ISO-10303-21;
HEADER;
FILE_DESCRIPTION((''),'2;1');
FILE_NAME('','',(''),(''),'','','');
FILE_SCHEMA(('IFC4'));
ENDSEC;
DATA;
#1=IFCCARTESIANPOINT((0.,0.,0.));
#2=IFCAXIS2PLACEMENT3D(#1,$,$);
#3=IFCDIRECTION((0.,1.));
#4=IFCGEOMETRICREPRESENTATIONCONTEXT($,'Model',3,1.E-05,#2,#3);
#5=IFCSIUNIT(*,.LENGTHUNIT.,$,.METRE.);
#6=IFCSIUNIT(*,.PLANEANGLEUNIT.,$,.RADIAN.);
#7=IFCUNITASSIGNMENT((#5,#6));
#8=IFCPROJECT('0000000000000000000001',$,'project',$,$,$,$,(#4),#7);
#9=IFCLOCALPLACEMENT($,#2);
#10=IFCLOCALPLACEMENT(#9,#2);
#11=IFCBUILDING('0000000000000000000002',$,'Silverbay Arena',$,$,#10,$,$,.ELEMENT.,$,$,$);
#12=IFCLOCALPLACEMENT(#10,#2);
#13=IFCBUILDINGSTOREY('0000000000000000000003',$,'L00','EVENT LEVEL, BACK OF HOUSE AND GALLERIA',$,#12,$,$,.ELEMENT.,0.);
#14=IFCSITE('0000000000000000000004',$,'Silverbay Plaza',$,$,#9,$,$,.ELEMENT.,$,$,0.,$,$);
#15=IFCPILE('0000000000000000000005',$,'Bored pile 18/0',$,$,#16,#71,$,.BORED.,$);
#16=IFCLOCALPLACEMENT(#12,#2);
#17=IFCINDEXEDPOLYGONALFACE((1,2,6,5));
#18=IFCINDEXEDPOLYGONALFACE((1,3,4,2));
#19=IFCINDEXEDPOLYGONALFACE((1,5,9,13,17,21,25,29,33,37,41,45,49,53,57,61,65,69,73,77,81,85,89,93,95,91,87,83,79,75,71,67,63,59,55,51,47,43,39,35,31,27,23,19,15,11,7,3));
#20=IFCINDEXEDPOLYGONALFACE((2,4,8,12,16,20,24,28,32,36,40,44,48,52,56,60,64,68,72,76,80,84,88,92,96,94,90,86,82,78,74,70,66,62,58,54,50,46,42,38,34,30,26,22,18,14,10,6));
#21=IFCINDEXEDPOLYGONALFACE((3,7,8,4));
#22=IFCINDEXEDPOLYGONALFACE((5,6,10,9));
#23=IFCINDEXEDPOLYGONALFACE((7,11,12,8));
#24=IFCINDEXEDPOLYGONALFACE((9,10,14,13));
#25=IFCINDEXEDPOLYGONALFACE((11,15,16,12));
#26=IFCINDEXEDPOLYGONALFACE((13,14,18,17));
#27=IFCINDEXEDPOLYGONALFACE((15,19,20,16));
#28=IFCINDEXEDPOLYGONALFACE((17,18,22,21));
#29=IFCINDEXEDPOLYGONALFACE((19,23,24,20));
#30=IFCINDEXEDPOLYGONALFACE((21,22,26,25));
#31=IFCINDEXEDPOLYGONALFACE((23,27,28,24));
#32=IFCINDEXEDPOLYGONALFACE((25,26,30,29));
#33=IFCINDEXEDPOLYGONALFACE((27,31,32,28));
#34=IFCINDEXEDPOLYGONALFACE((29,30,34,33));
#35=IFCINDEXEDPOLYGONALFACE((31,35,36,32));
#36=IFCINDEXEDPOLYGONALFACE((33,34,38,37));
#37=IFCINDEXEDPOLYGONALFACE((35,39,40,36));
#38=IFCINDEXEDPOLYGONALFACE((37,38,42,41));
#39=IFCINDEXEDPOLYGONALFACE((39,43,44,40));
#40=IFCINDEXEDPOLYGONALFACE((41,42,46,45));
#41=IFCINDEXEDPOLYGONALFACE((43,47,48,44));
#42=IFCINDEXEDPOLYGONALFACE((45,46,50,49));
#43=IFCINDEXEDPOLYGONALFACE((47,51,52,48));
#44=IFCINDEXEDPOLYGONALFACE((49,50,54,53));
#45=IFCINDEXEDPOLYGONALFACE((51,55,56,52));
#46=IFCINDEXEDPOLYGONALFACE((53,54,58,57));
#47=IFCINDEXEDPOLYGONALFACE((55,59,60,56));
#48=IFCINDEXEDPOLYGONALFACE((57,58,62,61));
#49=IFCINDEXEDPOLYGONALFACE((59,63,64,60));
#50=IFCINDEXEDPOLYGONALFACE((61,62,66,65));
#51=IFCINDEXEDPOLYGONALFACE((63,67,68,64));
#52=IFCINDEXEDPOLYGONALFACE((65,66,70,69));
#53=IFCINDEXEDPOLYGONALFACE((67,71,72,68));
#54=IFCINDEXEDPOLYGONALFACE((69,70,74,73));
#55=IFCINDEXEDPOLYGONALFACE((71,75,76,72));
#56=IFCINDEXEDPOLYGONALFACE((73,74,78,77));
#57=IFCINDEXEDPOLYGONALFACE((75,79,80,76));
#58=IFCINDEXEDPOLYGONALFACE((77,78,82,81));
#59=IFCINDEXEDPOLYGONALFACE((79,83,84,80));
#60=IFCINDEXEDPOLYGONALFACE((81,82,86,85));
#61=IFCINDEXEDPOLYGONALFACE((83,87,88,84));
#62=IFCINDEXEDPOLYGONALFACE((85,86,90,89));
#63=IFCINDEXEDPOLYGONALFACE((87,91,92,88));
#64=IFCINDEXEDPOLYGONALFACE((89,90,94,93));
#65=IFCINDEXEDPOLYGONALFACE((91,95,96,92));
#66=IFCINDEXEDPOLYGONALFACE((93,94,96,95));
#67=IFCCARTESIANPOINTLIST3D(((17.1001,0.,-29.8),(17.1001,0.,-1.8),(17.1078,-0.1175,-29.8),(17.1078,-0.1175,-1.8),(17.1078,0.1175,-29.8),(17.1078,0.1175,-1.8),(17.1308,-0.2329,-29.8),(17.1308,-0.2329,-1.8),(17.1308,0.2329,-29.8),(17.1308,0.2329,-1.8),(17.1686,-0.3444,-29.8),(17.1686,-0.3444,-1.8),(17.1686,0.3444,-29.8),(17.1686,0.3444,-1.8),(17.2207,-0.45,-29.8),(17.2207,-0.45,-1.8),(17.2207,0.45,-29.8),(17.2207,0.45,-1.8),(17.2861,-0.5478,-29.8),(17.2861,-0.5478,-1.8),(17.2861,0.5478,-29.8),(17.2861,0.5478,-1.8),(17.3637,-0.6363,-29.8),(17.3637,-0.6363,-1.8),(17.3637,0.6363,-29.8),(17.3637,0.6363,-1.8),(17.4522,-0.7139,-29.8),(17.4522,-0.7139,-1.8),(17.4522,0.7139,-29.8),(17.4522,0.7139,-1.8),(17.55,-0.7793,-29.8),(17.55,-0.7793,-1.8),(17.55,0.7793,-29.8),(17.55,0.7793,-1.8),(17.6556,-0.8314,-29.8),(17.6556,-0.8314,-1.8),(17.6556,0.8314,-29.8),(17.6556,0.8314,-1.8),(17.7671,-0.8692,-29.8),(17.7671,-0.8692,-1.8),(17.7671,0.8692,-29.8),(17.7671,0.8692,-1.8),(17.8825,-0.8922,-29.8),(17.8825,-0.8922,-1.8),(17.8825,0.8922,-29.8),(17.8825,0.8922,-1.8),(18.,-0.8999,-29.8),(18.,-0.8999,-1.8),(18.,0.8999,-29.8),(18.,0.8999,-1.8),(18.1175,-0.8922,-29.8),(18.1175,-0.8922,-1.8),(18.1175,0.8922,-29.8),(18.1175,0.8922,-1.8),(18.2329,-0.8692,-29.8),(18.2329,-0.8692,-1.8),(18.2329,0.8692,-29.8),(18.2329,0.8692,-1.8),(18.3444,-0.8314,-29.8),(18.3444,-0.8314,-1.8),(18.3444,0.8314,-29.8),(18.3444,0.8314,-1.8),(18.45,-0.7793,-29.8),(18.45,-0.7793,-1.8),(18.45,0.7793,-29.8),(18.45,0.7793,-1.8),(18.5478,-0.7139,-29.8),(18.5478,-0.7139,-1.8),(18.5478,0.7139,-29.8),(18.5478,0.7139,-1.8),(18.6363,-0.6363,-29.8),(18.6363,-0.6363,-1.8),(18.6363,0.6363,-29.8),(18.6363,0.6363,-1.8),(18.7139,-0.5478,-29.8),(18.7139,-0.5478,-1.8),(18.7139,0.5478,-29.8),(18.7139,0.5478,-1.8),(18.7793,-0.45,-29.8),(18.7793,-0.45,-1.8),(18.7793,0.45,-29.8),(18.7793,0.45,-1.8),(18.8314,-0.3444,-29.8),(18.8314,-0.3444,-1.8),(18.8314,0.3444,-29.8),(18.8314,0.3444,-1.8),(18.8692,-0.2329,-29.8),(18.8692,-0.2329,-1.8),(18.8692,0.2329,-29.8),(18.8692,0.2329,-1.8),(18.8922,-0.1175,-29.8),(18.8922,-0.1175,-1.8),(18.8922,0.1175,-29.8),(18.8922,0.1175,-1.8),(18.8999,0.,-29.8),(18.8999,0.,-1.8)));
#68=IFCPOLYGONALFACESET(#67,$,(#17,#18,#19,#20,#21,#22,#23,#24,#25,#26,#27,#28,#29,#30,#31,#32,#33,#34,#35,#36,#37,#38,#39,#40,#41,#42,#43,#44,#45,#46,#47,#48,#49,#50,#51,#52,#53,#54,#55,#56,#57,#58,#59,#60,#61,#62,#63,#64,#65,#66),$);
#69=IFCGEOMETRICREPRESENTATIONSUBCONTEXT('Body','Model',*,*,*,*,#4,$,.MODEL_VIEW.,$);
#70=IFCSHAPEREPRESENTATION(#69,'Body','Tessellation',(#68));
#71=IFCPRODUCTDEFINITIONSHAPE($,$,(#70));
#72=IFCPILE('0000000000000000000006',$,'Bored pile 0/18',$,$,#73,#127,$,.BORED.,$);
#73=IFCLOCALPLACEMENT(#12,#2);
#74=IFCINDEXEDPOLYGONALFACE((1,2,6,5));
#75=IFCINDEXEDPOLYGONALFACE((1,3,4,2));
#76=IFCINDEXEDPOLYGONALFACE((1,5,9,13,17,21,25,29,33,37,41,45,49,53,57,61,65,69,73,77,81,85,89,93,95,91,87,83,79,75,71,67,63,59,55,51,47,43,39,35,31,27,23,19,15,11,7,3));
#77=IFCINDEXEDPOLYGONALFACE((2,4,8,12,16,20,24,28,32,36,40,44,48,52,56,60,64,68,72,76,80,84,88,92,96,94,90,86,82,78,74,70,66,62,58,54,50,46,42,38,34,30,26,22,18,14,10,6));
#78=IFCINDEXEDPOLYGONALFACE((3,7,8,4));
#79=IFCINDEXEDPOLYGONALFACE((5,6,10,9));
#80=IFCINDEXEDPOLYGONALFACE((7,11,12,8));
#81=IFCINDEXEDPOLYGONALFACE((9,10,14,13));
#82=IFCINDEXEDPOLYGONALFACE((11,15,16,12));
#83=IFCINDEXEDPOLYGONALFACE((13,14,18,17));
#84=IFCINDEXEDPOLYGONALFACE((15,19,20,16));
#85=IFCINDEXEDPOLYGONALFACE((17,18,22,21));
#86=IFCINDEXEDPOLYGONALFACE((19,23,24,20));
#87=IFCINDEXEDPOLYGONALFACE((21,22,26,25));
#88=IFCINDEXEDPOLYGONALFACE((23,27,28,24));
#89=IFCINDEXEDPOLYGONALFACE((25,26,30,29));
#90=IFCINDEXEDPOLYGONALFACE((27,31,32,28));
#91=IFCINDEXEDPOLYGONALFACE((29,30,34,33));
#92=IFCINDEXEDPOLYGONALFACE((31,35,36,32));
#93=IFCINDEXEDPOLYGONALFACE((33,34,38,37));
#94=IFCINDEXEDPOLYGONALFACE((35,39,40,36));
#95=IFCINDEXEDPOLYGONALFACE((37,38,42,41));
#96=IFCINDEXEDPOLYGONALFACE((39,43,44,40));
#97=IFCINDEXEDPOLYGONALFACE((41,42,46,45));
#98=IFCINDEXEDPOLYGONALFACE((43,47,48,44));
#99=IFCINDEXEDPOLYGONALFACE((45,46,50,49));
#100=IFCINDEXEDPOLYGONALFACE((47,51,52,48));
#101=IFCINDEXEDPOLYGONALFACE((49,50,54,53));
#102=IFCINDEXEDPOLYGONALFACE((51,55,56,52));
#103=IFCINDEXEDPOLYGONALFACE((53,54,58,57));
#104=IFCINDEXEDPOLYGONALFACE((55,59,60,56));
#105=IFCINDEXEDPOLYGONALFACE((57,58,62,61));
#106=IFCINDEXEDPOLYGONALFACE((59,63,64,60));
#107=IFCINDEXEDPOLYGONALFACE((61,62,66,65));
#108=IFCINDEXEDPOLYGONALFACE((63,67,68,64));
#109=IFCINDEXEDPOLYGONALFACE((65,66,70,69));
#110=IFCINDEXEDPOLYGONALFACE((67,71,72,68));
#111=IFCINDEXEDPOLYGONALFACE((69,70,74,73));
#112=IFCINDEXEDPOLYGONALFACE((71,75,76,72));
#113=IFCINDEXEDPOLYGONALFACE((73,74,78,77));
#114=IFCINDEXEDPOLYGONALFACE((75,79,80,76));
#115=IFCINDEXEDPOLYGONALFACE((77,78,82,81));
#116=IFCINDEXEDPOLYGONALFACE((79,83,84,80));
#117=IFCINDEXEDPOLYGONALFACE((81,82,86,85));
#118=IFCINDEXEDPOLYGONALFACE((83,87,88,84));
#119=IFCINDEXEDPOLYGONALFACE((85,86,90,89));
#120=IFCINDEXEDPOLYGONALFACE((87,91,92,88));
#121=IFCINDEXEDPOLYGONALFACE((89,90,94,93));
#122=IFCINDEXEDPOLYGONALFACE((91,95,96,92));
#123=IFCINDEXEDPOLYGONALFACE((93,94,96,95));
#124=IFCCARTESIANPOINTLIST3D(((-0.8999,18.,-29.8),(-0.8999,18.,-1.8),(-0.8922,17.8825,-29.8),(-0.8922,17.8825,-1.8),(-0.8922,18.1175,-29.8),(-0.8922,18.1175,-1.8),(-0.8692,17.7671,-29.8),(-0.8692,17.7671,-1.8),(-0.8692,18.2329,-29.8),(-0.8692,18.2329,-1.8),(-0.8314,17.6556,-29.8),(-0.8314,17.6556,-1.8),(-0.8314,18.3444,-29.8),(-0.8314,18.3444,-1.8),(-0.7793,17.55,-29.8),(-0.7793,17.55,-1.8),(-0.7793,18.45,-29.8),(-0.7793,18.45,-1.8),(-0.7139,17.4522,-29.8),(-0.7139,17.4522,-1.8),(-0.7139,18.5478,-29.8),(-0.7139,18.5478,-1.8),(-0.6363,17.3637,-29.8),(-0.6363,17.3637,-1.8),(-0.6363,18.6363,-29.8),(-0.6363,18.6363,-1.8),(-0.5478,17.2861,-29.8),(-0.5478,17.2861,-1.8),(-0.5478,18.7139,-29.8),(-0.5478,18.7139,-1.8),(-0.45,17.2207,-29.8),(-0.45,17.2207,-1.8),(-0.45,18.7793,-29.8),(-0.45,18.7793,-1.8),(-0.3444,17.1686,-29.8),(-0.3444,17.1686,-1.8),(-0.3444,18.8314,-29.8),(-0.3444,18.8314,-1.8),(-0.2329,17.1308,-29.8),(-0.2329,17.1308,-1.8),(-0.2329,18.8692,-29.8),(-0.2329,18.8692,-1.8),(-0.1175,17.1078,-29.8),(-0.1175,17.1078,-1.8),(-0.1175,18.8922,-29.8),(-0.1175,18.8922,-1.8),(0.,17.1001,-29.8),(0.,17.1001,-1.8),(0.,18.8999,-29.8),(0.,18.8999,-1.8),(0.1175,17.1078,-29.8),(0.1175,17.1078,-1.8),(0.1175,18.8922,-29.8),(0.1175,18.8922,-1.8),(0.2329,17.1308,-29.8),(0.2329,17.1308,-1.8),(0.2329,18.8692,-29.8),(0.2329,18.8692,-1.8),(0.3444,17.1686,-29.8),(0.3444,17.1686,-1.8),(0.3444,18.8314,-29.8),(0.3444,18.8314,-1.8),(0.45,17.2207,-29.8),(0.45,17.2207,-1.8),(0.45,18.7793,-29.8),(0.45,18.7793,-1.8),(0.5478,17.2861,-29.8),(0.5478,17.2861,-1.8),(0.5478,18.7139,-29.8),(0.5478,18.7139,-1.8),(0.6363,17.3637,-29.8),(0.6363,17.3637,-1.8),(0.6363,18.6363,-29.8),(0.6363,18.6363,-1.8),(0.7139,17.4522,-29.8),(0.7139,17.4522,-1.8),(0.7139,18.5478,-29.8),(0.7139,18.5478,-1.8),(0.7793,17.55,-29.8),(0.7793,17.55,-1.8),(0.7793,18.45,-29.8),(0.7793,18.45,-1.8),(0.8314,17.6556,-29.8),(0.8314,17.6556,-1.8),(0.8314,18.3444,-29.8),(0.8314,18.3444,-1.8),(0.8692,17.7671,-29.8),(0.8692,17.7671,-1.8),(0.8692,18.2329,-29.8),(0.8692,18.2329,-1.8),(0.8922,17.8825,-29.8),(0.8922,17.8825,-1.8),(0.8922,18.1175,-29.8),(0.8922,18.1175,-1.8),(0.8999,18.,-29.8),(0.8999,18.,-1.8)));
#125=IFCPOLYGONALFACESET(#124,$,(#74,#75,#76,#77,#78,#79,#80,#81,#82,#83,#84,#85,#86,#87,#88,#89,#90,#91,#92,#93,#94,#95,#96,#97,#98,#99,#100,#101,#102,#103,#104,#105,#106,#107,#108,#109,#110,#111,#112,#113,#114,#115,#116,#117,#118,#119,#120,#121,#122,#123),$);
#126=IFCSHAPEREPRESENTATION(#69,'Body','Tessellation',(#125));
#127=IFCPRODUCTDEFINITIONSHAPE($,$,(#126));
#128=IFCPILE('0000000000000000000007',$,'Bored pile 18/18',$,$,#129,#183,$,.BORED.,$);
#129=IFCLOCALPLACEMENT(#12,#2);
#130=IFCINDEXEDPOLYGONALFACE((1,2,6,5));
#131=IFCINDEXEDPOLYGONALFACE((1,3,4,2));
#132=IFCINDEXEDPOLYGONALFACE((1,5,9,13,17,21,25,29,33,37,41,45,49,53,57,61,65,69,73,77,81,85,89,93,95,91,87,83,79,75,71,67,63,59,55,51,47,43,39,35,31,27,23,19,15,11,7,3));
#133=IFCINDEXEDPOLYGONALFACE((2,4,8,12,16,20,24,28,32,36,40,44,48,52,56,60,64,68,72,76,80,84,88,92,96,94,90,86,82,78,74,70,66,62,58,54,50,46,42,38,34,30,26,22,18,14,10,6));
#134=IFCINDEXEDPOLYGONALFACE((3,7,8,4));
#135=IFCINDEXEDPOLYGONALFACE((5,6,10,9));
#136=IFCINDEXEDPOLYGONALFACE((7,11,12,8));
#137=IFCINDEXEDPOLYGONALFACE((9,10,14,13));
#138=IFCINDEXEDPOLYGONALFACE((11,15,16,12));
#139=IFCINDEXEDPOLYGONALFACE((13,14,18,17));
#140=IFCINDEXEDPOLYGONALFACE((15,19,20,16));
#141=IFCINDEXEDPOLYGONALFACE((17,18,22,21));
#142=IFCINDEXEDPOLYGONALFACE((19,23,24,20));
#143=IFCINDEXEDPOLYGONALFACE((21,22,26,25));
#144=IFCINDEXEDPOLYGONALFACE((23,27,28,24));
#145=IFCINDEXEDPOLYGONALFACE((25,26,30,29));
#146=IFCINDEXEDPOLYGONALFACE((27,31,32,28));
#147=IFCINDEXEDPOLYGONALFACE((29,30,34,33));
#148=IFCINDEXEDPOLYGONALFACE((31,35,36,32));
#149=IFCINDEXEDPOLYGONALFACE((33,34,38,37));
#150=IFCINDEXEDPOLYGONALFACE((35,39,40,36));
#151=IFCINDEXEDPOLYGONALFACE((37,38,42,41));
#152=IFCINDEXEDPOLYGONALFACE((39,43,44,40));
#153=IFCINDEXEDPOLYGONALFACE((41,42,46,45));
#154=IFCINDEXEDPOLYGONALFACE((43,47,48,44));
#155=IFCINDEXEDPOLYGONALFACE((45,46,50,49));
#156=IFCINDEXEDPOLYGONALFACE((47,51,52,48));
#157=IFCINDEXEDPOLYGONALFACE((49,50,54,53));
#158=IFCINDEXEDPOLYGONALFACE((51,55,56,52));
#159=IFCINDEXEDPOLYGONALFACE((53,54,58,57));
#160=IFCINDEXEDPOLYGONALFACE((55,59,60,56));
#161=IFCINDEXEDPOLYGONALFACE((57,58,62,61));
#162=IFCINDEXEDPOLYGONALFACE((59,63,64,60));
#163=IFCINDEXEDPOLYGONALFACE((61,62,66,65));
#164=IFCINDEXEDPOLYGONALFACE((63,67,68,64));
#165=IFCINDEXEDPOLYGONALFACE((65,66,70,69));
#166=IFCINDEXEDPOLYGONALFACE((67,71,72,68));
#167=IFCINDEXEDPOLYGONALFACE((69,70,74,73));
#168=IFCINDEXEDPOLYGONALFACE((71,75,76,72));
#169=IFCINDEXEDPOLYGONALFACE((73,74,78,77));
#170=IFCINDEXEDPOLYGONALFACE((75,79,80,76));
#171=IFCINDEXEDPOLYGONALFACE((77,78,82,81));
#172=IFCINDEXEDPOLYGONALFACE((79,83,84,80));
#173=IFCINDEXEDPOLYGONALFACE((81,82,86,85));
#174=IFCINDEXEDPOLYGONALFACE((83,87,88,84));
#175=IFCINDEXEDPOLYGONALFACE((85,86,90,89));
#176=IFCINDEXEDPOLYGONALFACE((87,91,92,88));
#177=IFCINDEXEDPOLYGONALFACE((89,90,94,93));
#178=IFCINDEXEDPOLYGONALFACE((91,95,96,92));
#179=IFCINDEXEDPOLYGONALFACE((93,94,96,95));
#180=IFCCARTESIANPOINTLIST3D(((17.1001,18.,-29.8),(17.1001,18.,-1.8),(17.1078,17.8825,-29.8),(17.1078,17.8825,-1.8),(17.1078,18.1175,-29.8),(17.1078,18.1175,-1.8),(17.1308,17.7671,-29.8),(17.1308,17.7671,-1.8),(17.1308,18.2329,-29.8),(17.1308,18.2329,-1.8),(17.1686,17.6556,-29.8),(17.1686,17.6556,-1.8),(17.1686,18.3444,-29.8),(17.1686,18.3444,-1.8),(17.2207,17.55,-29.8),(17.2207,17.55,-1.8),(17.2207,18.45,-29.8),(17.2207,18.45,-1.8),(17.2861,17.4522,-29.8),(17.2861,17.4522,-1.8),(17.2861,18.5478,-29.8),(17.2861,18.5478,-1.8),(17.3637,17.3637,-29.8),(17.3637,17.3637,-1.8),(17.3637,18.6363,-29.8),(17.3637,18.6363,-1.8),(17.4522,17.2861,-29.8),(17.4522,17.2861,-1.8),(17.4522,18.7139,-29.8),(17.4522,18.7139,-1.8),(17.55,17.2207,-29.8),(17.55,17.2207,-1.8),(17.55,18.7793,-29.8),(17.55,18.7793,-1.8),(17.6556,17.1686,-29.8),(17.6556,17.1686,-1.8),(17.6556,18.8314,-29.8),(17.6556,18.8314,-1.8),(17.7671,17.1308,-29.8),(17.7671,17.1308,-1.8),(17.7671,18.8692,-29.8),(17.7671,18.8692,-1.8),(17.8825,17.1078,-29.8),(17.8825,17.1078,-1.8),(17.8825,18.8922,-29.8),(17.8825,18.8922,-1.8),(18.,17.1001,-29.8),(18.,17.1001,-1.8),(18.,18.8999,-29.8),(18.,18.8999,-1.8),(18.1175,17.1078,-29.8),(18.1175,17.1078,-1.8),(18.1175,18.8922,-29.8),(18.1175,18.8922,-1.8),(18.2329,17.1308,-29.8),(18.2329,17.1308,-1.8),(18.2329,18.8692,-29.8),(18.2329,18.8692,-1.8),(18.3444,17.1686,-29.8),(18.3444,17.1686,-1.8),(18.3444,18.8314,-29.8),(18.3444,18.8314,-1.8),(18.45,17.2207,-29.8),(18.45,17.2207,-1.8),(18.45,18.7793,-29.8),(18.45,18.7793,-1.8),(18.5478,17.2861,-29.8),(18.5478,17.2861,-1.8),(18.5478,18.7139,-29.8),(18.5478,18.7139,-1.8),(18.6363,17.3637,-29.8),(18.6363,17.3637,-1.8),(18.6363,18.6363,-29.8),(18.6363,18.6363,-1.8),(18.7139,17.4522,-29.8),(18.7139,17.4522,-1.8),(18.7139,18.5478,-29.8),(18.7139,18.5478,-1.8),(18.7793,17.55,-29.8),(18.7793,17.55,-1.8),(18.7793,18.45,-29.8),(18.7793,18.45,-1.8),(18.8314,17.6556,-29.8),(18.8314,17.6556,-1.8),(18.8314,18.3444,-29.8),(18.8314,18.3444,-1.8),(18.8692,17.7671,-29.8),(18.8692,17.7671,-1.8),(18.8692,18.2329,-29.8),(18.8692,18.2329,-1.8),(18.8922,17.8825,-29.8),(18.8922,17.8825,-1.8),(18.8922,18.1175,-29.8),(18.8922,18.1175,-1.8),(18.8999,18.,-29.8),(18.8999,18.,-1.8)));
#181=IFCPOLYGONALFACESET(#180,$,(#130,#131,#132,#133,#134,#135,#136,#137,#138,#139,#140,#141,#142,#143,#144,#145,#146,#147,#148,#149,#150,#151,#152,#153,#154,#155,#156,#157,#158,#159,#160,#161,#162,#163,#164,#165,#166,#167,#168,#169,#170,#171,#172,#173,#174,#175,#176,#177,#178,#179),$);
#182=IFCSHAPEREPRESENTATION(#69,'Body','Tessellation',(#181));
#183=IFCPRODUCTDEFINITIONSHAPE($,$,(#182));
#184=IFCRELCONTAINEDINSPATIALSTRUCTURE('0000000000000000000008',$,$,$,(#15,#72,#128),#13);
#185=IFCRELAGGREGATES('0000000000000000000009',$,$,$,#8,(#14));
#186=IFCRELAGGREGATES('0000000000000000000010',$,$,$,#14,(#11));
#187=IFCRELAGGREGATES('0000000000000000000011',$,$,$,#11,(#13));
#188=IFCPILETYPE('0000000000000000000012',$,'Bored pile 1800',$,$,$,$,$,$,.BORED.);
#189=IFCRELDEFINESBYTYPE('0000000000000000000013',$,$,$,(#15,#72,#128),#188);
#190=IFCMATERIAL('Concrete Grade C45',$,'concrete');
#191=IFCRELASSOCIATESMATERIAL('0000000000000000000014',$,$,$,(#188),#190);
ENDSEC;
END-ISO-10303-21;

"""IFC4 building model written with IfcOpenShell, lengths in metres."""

from ifc_helpers import new_model, si_unit, direction, frame, origin, origin_2d, place, context, subcontext, project, spatial, circle, extrude, material, material_profile, profile_set, type_object, element, save


model = new_model("IFC4")

# Units and contexts
model_context = context("Model", 3, precision=1e-05, world=origin(), true_north=direction((0.0, 1.0)))
body_context = subcontext(model_context, "Body", "Model", "MODEL_VIEW")
ifc_project = project(units=[si_unit("LENGTHUNIT", "METRE"), si_unit("PLANEANGLEUNIT", "RADIAN")], contexts=[model_context])

# Site, building, storey
site_placement = place(None, origin())
site = spatial("IfcSite", under=ifc_project, at=site_placement, Name="Silverbay Plaza", CompositionType="ELEMENT", RefElevation=0.0)
building_placement = place(site_placement, origin())
building = spatial("IfcBuilding", under=site, at=building_placement, Name="Silverbay Arena", CompositionType="ELEMENT")
storey_placement = place(building_placement, origin())
storey = spatial("IfcBuildingStorey", under=building, at=storey_placement, Name="L00", Description="EVENT LEVEL, BACK OF HOUSE AND GALLERIA", CompositionType="ELEMENT", Elevation=0.0)

# Piles
ifc_material_1 = material(Name="Concrete Grade C45", Category="concrete")
ifc_material_profile_1 = material_profile(ifc_material_1, circle(Radius=0.8999, at=origin_2d()), Name="Bored pile 1800")
ifc_profile_set_1 = profile_set([ifc_material_profile_1], Name="Concrete Grade C45")
pile_type = type_object("IfcPileType", Name="Bored pile 1800", PredefinedType="BORED", material=ifc_profile_set_1)
for number, where, z_axis, x_axis, name in (
    (1, (18.0, 0.0, -1.8), (0.0, 0.0, -1.0), (1.0, 0.0, 0.0), "Bored pile 18/0"),
    (2, (0.0, 18.0, -1.8), (0.0, 0.0, -1.0), (1.0, 0.0, 0.0), "Bored pile 0/18"),
    (3, (18.0, 18.0, -1.8), (0.0, 0.0, -1.0), (1.0, 0.0, 0.0), "Bored pile 18/18"),
):
    element("IfcPile", number, at=place(storey_placement, frame(where, z_axis=z_axis, x_axis=x_axis)), inside=storey, type_object=pile_type, Name=name, PredefinedType="BORED", context=body_context, shape_type="SweptSolid", body=[
        extrude(circle(Radius=0.8999, at=origin_2d()), origin(), (0.0, 0.0, 1.0), 28.0),
    ])

save(model, "model.ifc")
